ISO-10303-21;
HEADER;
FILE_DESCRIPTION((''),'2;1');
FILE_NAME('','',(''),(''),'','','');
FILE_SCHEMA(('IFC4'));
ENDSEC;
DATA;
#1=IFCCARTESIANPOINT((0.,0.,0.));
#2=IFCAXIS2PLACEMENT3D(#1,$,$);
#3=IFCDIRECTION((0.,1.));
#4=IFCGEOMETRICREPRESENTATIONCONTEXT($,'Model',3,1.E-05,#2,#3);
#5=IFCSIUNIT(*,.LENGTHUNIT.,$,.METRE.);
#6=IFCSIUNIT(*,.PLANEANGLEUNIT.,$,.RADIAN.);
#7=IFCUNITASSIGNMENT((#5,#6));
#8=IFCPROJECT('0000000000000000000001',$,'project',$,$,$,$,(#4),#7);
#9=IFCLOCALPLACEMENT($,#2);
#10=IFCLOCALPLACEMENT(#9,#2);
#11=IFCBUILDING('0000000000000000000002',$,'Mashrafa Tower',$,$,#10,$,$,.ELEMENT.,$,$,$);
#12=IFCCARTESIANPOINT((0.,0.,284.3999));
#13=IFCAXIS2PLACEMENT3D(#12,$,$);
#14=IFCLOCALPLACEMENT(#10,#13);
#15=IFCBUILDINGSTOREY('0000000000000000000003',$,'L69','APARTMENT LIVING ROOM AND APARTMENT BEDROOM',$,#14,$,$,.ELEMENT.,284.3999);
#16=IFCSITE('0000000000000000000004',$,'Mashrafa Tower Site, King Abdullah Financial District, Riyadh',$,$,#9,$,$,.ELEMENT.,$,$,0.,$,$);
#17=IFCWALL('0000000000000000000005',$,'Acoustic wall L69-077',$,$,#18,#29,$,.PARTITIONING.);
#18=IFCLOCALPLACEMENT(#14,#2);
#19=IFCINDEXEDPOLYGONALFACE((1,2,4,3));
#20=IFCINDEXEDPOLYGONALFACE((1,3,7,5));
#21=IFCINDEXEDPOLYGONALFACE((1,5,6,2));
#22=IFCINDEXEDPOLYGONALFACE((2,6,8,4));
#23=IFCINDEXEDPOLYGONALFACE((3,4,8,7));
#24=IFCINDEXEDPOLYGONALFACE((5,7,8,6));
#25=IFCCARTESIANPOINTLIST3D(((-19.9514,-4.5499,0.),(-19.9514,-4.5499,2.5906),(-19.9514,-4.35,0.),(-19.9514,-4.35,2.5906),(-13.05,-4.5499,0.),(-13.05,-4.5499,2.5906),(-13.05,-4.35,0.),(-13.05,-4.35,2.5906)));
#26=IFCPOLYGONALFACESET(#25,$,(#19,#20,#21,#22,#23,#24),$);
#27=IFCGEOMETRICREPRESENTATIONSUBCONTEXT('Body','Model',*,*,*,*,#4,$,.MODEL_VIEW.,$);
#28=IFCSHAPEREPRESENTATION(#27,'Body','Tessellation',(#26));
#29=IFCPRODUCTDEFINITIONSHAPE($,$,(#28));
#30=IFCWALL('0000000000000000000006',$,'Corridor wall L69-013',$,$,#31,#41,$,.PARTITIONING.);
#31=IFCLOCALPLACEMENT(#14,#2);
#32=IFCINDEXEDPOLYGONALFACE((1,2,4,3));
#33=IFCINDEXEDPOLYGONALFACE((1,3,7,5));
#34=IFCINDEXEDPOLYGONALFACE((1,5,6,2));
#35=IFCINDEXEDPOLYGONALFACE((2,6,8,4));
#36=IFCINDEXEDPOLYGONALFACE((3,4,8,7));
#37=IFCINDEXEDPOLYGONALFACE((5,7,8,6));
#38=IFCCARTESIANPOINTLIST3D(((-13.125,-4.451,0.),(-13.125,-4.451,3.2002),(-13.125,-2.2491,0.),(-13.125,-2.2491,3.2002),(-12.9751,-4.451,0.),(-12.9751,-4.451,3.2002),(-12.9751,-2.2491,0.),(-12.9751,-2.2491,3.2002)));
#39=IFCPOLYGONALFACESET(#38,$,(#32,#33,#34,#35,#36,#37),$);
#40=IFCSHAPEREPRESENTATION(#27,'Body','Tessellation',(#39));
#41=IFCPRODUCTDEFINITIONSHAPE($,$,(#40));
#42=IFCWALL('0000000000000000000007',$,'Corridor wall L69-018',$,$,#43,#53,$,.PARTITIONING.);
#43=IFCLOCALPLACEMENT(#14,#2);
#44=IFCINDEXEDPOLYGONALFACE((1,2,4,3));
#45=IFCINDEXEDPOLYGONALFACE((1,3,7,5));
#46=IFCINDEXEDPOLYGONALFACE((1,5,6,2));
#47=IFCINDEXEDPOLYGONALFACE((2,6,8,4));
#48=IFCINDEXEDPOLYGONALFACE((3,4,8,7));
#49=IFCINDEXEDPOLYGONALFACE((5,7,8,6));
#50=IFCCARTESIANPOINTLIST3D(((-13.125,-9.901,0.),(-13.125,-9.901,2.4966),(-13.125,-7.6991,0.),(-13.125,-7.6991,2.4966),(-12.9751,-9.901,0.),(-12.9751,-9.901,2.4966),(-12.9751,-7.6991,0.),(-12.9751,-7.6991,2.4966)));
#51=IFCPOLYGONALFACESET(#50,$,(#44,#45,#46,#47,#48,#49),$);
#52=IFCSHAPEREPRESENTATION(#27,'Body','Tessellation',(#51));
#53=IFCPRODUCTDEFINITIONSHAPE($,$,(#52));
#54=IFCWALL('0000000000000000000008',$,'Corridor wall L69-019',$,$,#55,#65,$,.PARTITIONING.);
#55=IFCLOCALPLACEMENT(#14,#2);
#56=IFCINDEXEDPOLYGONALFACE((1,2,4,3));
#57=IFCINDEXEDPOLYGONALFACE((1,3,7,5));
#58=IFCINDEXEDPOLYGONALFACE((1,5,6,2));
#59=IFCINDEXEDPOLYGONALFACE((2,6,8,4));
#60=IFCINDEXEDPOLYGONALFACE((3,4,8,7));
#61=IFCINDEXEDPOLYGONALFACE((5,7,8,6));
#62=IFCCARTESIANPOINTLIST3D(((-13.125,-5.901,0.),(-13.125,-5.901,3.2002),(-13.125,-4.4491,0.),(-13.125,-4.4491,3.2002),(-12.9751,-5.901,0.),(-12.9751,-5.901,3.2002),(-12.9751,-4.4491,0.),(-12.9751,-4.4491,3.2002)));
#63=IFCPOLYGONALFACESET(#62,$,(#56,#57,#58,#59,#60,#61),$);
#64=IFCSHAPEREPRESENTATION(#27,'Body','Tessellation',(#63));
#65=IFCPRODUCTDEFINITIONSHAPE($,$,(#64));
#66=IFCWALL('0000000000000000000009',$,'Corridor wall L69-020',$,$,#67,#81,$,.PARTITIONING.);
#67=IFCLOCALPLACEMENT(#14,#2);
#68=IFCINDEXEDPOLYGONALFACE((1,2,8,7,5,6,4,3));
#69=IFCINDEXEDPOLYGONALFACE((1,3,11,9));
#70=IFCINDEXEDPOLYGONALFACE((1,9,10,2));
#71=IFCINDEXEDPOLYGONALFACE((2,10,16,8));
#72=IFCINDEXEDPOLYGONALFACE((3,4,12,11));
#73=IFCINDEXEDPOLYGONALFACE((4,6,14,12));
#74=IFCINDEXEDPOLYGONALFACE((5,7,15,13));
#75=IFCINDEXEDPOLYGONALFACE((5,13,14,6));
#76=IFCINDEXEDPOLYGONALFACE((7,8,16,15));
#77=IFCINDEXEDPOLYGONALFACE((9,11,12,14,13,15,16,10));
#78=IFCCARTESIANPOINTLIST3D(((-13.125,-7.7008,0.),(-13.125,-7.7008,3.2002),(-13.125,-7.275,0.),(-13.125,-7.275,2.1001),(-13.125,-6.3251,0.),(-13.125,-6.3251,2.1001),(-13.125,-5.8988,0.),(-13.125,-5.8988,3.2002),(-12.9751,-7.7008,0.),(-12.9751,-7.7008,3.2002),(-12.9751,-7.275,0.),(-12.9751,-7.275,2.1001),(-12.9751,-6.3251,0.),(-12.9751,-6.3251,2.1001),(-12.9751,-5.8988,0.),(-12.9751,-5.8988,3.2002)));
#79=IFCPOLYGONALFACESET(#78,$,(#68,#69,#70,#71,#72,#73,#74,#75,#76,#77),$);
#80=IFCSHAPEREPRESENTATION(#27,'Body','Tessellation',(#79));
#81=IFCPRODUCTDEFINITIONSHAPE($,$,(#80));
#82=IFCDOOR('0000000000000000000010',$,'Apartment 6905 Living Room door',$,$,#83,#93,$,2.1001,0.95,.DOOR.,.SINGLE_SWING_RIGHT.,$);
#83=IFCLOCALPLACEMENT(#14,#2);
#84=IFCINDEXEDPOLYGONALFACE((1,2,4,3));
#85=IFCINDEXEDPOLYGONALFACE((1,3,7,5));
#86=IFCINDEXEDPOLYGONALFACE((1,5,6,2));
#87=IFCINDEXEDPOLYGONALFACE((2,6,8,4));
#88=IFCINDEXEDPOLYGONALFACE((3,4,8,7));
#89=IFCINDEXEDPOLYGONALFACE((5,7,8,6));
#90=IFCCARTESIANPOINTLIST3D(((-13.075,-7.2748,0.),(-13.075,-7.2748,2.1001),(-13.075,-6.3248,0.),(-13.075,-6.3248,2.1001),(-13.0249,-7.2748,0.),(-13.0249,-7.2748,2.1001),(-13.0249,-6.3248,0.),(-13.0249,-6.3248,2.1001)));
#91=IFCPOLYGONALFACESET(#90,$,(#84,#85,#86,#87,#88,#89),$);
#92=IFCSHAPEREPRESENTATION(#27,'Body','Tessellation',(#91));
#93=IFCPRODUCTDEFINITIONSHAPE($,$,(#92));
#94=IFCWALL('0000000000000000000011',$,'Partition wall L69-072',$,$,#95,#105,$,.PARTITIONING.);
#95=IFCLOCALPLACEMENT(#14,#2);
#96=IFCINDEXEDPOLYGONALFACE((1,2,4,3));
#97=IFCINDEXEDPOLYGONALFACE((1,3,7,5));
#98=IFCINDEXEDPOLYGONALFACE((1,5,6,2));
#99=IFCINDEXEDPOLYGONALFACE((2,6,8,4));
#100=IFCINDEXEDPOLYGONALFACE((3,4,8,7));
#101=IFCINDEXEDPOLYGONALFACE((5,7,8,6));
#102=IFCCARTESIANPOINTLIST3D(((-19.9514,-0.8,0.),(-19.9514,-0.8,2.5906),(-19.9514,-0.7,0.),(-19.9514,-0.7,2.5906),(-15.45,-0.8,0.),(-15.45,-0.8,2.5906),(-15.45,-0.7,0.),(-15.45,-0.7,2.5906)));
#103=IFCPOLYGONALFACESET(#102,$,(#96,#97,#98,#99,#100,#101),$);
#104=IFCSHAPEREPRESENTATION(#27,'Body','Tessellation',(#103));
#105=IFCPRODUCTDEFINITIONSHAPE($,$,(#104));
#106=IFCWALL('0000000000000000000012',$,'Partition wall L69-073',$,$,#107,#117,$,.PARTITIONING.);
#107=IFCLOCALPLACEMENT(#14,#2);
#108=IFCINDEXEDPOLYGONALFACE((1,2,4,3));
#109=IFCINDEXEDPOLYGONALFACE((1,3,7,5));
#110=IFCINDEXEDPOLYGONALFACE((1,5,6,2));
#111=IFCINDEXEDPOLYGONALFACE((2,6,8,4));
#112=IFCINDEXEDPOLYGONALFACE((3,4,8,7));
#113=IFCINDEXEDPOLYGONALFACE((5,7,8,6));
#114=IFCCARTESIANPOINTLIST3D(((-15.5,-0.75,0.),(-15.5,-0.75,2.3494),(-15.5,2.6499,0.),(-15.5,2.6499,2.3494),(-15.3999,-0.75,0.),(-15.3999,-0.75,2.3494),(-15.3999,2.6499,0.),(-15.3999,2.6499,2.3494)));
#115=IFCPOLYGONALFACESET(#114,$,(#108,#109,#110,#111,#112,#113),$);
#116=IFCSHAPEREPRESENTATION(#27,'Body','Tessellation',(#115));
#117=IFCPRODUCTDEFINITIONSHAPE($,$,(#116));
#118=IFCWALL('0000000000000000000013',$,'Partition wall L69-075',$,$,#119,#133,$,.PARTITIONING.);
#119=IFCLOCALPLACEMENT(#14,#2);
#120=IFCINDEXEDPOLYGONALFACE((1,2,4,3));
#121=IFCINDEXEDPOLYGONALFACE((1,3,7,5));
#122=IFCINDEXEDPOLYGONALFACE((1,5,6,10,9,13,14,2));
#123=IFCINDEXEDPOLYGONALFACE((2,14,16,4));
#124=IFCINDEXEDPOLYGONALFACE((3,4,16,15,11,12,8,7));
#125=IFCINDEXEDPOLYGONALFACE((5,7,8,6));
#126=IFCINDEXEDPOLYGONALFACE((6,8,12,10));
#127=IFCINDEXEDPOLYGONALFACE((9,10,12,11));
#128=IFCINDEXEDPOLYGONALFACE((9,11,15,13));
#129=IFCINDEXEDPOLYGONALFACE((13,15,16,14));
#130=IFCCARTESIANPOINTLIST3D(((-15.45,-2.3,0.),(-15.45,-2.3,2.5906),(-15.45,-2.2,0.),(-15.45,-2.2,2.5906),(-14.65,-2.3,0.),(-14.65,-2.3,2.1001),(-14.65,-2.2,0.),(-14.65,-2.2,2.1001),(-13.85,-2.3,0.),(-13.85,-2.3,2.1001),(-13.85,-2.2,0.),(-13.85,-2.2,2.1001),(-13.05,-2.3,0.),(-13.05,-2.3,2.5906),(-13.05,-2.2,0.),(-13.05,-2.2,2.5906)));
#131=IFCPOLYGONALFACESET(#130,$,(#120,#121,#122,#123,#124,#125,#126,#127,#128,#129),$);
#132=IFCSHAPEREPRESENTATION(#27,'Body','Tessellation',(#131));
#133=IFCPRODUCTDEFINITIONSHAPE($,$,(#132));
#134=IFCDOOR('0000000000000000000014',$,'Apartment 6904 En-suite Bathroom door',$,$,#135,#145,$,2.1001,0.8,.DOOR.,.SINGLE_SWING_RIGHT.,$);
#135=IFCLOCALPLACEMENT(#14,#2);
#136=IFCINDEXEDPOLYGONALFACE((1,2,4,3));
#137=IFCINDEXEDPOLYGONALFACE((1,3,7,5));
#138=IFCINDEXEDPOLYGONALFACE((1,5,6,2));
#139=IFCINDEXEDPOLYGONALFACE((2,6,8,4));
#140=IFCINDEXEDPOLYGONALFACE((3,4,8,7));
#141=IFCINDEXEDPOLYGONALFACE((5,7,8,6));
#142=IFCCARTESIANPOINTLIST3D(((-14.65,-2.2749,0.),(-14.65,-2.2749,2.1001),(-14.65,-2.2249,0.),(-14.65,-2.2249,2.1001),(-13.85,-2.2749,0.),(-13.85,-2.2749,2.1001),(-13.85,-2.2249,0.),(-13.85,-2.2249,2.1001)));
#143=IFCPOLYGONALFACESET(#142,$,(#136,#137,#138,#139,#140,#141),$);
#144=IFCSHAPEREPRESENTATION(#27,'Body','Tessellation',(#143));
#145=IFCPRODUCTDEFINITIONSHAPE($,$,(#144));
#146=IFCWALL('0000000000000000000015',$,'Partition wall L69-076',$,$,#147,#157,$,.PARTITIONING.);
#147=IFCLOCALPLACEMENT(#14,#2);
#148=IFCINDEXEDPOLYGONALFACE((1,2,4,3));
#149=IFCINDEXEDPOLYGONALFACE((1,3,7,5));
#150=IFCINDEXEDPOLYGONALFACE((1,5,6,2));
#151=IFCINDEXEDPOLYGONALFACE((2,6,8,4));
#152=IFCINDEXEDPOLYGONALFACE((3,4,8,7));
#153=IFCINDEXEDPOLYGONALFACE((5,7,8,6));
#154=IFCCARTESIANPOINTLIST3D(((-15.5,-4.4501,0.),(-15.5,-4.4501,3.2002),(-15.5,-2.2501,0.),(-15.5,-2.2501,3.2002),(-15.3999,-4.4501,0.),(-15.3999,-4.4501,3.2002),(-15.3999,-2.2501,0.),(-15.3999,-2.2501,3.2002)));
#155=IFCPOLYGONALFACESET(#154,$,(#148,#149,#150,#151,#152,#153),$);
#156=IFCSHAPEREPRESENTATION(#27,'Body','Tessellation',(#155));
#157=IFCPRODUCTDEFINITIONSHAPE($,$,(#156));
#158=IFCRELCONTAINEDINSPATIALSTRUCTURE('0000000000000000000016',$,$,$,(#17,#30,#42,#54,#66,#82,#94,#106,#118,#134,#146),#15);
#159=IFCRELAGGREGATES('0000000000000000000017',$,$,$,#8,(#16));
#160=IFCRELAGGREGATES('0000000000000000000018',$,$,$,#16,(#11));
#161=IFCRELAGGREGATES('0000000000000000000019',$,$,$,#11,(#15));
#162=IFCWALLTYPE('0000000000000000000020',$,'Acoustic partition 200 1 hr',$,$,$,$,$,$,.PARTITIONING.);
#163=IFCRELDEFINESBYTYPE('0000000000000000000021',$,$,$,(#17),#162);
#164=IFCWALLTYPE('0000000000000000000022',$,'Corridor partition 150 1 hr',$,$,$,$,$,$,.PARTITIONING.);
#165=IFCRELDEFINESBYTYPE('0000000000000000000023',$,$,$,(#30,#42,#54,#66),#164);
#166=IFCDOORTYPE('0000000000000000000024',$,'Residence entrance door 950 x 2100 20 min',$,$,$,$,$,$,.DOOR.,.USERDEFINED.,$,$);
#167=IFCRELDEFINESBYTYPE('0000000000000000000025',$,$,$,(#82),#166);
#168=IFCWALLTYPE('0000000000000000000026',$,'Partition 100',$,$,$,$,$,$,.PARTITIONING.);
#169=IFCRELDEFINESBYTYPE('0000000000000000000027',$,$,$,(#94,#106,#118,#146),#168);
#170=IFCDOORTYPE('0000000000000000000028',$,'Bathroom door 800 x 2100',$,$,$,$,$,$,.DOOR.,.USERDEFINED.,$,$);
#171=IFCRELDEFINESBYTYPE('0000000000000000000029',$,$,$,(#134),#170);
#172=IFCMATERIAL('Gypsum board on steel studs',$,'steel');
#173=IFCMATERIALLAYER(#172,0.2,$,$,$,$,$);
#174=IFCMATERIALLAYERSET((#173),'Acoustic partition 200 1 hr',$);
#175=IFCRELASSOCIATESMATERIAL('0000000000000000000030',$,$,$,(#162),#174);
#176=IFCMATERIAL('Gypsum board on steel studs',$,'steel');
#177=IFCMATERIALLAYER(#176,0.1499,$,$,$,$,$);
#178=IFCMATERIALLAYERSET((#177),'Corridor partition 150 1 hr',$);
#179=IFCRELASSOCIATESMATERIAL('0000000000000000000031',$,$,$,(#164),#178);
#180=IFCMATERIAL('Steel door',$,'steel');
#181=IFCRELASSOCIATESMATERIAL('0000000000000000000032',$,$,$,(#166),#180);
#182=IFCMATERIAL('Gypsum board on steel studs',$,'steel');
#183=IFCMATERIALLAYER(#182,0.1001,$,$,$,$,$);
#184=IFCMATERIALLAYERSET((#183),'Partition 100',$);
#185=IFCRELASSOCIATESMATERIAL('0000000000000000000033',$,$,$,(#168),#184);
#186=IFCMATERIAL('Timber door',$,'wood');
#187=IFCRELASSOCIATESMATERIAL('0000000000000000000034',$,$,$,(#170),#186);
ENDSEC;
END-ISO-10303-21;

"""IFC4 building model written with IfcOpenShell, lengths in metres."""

from ifc_helpers import new_model, si_unit, direction, frame, frame_2d, origin, place, context, subcontext, project, spatial, rectangle, extrude, material, layer, layer_set, type_object, element, fill, save


model = new_model("IFC4")

# Units and contexts
model_context = context("Model", 3, precision=1e-05, world=origin(), true_north=direction((0.0, 1.0)))
body_context = subcontext(model_context, "Body", "Model", "MODEL_VIEW")
ifc_project = project(units=[si_unit("LENGTHUNIT", "METRE"), si_unit("PLANEANGLEUNIT", "RADIAN")], contexts=[model_context])

# Site, building, storey
site_placement = place(None, origin())
site = spatial("IfcSite", under=ifc_project, at=site_placement, Name="Mashrafa Tower Site, King Abdullah Financial District, Riyadh", CompositionType="ELEMENT", RefElevation=0.0)
building_placement = place(site_placement, origin())
building = spatial("IfcBuilding", under=site, at=building_placement, Name="Mashrafa Tower", CompositionType="ELEMENT")
storey_placement = place(building_placement, frame((0.0, 0.0, 284.3999)))
storey = spatial("IfcBuildingStorey", under=building, at=storey_placement, Name="L69", Description="APARTMENT LIVING ROOM AND APARTMENT BEDROOM", CompositionType="ELEMENT", Elevation=284.3999)

# Walls
ifc_material_1 = material(Name="Gypsum board on steel studs", Category="steel")
ifc_layer_1 = layer(ifc_material_1, 0.2)
ifc_layer_set_1 = layer_set([ifc_layer_1], Name="Acoustic partition 200 1 hr")
wall_type_1 = type_object("IfcWallType", Name="Acoustic partition 200 1 hr", PredefinedType="PARTITIONING", material=ifc_layer_set_1)
wall_1_placement = place(storey_placement, frame((-13.05, -4.45, 0.0), z_axis=(0.0, 0.0, 1.0), x_axis=(-1.0, 0.0, 0.0)))
element("IfcWall", 1, at=wall_1_placement, inside=storey, type_object=wall_type_1, Name="Acoustic wall L69-077", PredefinedType="PARTITIONING", context=body_context, shape_type="SweptSolid", body=[
    extrude(rectangle(XDim=6.9014, YDim=0.2, at=frame_2d((3.4507, 0.0))), origin(), (0.0, 0.0, 1.0), 2.5906),
])
ifc_material_2 = material(Name="Gypsum board on steel studs", Category="steel")
ifc_layer_2 = layer(ifc_material_2, 0.1499)
ifc_layer_set_2 = layer_set([ifc_layer_2], Name="Corridor partition 150 1 hr")
wall_type_2 = type_object("IfcWallType", Name="Corridor partition 150 1 hr", PredefinedType="PARTITIONING", material=ifc_layer_set_2)
wall_2_placement = place(storey_placement, frame((-13.05, -2.249, 0.0), z_axis=(0.0, 0.0, 1.0), x_axis=(0.0, -1.0, 0.0)))
element("IfcWall", 2, at=wall_2_placement, inside=storey, type_object=wall_type_2, Name="Corridor wall L69-013", PredefinedType="PARTITIONING", context=body_context, shape_type="SweptSolid", body=[
    extrude(rectangle(XDim=2.2019, YDim=0.1499, at=frame_2d((1.1011, 0.0))), origin(), (0.0, 0.0, 1.0), 3.2002),
])
wall_3_placement = place(storey_placement, frame((-13.05, -7.699, 0.0), z_axis=(0.0, 0.0, 1.0), x_axis=(0.0, -1.0, 0.0)))
element("IfcWall", 3, at=wall_3_placement, inside=storey, type_object=wall_type_2, Name="Corridor wall L69-018", PredefinedType="PARTITIONING", context=body_context, shape_type="SweptSolid", body=[
    extrude(rectangle(XDim=2.2019, YDim=0.1499, at=frame_2d((1.1011, 0.0))), origin(), (0.0, 0.0, 1.0), 2.4966),
])
wall_4_placement = place(storey_placement, frame((-13.05, -4.449, 0.0), z_axis=(0.0, 0.0, 1.0), x_axis=(0.0, -1.0, 0.0)))
element("IfcWall", 4, at=wall_4_placement, inside=storey, type_object=wall_type_2, Name="Corridor wall L69-019", PredefinedType="PARTITIONING", context=body_context, shape_type="SweptSolid", body=[
    extrude(rectangle(XDim=1.4519, YDim=0.1499, at=frame_2d((0.7261, 0.0))), origin(), (0.0, 0.0, 1.0), 3.2002),
])

# Wall, opening, door
wall_5_placement = place(storey_placement, frame((-13.05, -5.8989, 0.0), z_axis=(0.0, 0.0, 1.0), x_axis=(0.0, -1.0, 0.0)))
wall_5 = element("IfcWall", 5, at=wall_5_placement, inside=storey, type_object=wall_type_2, Name="Corridor wall L69-020", PredefinedType="PARTITIONING", context=body_context, shape_type="SweptSolid", body=[
    extrude(rectangle(XDim=1.802, YDim=0.1499, at=frame_2d((0.9009, 0.0))), origin(), (0.0, 0.0, 1.0), 3.2002),
])
opening_1_placement = place(wall_5_placement, frame((0.426, 0.0, 0.0)))
opening_1 = element("IfcOpeningElement", 6, at=opening_1_placement, cuts=wall_5, PredefinedType="OPENING", context=body_context, shape_type="SweptSolid", body=[
    extrude(rectangle(XDim=0.95, YDim=2.1001, at=frame_2d((0.4751, 1.05))), frame((0.0, 0.085, 0.0), z_axis=(0.0, -1.0, 0.0), x_axis=(1.0, 0.0, 0.0)), (0.0, 0.0, 1.0), 0.1699),
])
ifc_material_3 = material(Name="Steel door", Category="steel")
door_type_1 = type_object("IfcDoorType", Name="Residence entrance door 950 x 2100 20 min", OperationType="USERDEFINED", PredefinedType="DOOR", material=ifc_material_3)
door_1_placement = place(opening_1_placement, frame((0.95, 0.0, 0.0), z_axis=(0.0, 0.0, 1.0), x_axis=(-1.0, 0.0, 0.0)))
door_1 = element("IfcDoor", 7, at=door_1_placement, inside=storey, type_object=door_type_1, Name="Apartment 6905 Living Room door", OperationType="SINGLE_SWING_RIGHT", OverallHeight=2.1001, OverallWidth=0.95, PredefinedType="DOOR", context=body_context, shape_type="SweptSolid", body=[
    extrude(rectangle(XDim=0.95, YDim=2.1001, at=frame_2d((0.4751, 1.05))), frame((0.0, 0.0249, 0.0), z_axis=(0.0, -1.0, 0.0), x_axis=(1.0, 0.0, 0.0)), (0.0, 0.0, 1.0), 0.05),
])
fill(opening_1, door_1)

# Walls
ifc_material_4 = material(Name="Gypsum board on steel studs", Category="steel")
ifc_layer_3 = layer(ifc_material_4, 0.1001)
ifc_layer_set_3 = layer_set([ifc_layer_3], Name="Partition 100")
wall_type_3 = type_object("IfcWallType", Name="Partition 100", PredefinedType="PARTITIONING", material=ifc_layer_set_3)
wall_6_placement = place(storey_placement, frame((-19.9514, -0.75, 0.0), z_axis=(0.0, 0.0, 1.0), x_axis=(1.0, 0.0, 0.0)))
element("IfcWall", 8, at=wall_6_placement, inside=storey, type_object=wall_type_3, Name="Partition wall L69-072", PredefinedType="PARTITIONING", context=body_context, shape_type="SweptSolid", body=[
    extrude(rectangle(XDim=4.5015, YDim=0.1001, at=frame_2d((2.2507, 0.0))), origin(), (0.0, 0.0, 1.0), 2.5906),
])
wall_7_placement = place(storey_placement, frame((-15.45, -0.75, 0.0), z_axis=(0.0, 0.0, 1.0), x_axis=(0.0, 1.0, 0.0)))
element("IfcWall", 9, at=wall_7_placement, inside=storey, type_object=wall_type_3, Name="Partition wall L69-073", PredefinedType="PARTITIONING", context=body_context, shape_type="SweptSolid", body=[
    extrude(rectangle(XDim=3.3999, YDim=0.1001, at=frame_2d((1.7, 0.0))), origin(), (0.0, 0.0, 1.0), 2.3494),
])

# Wall, opening, door
wall_8_placement = place(storey_placement, frame((-13.05, -2.25, 0.0), z_axis=(0.0, 0.0, 1.0), x_axis=(-1.0, 0.0, 0.0)))
wall_8 = element("IfcWall", 10, at=wall_8_placement, inside=storey, type_object=wall_type_3, Name="Partition wall L69-075", PredefinedType="PARTITIONING", context=body_context, shape_type="SweptSolid", body=[
    extrude(rectangle(XDim=2.3999, YDim=0.1001, at=frame_2d((1.2, 0.0))), origin(), (0.0, 0.0, 1.0), 2.5906),
])
opening_2_placement = place(wall_8_placement, frame((0.8, 0.0, 0.0)))
opening_2 = element("IfcOpeningElement", 11, at=opening_2_placement, cuts=wall_8, PredefinedType="OPENING", context=body_context, shape_type="SweptSolid", body=[
    extrude(rectangle(XDim=0.8, YDim=2.1001, at=frame_2d((0.3999, 1.05))), frame((0.0, 0.0601, 0.0), z_axis=(0.0, -1.0, 0.0), x_axis=(1.0, 0.0, 0.0)), (0.0, 0.0, 1.0), 0.1201),
])
ifc_material_5 = material(Name="Timber door", Category="wood")
door_type_2 = type_object("IfcDoorType", Name="Bathroom door 800 x 2100", OperationType="USERDEFINED", PredefinedType="DOOR", material=ifc_material_5)
door_2_placement = place(opening_2_placement, origin())
door_2 = element("IfcDoor", 12, at=door_2_placement, inside=storey, type_object=door_type_2, Name="Apartment 6904 En-suite Bathroom door", OperationType="SINGLE_SWING_RIGHT", OverallHeight=2.1001, OverallWidth=0.8, PredefinedType="DOOR", context=body_context, shape_type="SweptSolid", body=[
    extrude(rectangle(XDim=0.8, YDim=2.1001, at=frame_2d((0.3999, 1.05))), frame((0.0, 0.0249, 0.0), z_axis=(0.0, -1.0, 0.0), x_axis=(1.0, 0.0, 0.0)), (0.0, 0.0, 1.0), 0.05),
])
fill(opening_2, door_2)

# Wall
wall_9_placement = place(storey_placement, frame((-15.45, -2.25, 0.0), z_axis=(0.0, 0.0, 1.0), x_axis=(0.0, -1.0, 0.0)))
element("IfcWall", 13, at=wall_9_placement, inside=storey, type_object=wall_type_3, Name="Partition wall L69-076", PredefinedType="PARTITIONING", context=body_context, shape_type="SweptSolid", body=[
    extrude(rectangle(XDim=2.2, YDim=0.1001, at=frame_2d((1.1001, 0.0))), origin(), (0.0, 0.0, 1.0), 3.2002),
])

save(model, "model.ifc")
